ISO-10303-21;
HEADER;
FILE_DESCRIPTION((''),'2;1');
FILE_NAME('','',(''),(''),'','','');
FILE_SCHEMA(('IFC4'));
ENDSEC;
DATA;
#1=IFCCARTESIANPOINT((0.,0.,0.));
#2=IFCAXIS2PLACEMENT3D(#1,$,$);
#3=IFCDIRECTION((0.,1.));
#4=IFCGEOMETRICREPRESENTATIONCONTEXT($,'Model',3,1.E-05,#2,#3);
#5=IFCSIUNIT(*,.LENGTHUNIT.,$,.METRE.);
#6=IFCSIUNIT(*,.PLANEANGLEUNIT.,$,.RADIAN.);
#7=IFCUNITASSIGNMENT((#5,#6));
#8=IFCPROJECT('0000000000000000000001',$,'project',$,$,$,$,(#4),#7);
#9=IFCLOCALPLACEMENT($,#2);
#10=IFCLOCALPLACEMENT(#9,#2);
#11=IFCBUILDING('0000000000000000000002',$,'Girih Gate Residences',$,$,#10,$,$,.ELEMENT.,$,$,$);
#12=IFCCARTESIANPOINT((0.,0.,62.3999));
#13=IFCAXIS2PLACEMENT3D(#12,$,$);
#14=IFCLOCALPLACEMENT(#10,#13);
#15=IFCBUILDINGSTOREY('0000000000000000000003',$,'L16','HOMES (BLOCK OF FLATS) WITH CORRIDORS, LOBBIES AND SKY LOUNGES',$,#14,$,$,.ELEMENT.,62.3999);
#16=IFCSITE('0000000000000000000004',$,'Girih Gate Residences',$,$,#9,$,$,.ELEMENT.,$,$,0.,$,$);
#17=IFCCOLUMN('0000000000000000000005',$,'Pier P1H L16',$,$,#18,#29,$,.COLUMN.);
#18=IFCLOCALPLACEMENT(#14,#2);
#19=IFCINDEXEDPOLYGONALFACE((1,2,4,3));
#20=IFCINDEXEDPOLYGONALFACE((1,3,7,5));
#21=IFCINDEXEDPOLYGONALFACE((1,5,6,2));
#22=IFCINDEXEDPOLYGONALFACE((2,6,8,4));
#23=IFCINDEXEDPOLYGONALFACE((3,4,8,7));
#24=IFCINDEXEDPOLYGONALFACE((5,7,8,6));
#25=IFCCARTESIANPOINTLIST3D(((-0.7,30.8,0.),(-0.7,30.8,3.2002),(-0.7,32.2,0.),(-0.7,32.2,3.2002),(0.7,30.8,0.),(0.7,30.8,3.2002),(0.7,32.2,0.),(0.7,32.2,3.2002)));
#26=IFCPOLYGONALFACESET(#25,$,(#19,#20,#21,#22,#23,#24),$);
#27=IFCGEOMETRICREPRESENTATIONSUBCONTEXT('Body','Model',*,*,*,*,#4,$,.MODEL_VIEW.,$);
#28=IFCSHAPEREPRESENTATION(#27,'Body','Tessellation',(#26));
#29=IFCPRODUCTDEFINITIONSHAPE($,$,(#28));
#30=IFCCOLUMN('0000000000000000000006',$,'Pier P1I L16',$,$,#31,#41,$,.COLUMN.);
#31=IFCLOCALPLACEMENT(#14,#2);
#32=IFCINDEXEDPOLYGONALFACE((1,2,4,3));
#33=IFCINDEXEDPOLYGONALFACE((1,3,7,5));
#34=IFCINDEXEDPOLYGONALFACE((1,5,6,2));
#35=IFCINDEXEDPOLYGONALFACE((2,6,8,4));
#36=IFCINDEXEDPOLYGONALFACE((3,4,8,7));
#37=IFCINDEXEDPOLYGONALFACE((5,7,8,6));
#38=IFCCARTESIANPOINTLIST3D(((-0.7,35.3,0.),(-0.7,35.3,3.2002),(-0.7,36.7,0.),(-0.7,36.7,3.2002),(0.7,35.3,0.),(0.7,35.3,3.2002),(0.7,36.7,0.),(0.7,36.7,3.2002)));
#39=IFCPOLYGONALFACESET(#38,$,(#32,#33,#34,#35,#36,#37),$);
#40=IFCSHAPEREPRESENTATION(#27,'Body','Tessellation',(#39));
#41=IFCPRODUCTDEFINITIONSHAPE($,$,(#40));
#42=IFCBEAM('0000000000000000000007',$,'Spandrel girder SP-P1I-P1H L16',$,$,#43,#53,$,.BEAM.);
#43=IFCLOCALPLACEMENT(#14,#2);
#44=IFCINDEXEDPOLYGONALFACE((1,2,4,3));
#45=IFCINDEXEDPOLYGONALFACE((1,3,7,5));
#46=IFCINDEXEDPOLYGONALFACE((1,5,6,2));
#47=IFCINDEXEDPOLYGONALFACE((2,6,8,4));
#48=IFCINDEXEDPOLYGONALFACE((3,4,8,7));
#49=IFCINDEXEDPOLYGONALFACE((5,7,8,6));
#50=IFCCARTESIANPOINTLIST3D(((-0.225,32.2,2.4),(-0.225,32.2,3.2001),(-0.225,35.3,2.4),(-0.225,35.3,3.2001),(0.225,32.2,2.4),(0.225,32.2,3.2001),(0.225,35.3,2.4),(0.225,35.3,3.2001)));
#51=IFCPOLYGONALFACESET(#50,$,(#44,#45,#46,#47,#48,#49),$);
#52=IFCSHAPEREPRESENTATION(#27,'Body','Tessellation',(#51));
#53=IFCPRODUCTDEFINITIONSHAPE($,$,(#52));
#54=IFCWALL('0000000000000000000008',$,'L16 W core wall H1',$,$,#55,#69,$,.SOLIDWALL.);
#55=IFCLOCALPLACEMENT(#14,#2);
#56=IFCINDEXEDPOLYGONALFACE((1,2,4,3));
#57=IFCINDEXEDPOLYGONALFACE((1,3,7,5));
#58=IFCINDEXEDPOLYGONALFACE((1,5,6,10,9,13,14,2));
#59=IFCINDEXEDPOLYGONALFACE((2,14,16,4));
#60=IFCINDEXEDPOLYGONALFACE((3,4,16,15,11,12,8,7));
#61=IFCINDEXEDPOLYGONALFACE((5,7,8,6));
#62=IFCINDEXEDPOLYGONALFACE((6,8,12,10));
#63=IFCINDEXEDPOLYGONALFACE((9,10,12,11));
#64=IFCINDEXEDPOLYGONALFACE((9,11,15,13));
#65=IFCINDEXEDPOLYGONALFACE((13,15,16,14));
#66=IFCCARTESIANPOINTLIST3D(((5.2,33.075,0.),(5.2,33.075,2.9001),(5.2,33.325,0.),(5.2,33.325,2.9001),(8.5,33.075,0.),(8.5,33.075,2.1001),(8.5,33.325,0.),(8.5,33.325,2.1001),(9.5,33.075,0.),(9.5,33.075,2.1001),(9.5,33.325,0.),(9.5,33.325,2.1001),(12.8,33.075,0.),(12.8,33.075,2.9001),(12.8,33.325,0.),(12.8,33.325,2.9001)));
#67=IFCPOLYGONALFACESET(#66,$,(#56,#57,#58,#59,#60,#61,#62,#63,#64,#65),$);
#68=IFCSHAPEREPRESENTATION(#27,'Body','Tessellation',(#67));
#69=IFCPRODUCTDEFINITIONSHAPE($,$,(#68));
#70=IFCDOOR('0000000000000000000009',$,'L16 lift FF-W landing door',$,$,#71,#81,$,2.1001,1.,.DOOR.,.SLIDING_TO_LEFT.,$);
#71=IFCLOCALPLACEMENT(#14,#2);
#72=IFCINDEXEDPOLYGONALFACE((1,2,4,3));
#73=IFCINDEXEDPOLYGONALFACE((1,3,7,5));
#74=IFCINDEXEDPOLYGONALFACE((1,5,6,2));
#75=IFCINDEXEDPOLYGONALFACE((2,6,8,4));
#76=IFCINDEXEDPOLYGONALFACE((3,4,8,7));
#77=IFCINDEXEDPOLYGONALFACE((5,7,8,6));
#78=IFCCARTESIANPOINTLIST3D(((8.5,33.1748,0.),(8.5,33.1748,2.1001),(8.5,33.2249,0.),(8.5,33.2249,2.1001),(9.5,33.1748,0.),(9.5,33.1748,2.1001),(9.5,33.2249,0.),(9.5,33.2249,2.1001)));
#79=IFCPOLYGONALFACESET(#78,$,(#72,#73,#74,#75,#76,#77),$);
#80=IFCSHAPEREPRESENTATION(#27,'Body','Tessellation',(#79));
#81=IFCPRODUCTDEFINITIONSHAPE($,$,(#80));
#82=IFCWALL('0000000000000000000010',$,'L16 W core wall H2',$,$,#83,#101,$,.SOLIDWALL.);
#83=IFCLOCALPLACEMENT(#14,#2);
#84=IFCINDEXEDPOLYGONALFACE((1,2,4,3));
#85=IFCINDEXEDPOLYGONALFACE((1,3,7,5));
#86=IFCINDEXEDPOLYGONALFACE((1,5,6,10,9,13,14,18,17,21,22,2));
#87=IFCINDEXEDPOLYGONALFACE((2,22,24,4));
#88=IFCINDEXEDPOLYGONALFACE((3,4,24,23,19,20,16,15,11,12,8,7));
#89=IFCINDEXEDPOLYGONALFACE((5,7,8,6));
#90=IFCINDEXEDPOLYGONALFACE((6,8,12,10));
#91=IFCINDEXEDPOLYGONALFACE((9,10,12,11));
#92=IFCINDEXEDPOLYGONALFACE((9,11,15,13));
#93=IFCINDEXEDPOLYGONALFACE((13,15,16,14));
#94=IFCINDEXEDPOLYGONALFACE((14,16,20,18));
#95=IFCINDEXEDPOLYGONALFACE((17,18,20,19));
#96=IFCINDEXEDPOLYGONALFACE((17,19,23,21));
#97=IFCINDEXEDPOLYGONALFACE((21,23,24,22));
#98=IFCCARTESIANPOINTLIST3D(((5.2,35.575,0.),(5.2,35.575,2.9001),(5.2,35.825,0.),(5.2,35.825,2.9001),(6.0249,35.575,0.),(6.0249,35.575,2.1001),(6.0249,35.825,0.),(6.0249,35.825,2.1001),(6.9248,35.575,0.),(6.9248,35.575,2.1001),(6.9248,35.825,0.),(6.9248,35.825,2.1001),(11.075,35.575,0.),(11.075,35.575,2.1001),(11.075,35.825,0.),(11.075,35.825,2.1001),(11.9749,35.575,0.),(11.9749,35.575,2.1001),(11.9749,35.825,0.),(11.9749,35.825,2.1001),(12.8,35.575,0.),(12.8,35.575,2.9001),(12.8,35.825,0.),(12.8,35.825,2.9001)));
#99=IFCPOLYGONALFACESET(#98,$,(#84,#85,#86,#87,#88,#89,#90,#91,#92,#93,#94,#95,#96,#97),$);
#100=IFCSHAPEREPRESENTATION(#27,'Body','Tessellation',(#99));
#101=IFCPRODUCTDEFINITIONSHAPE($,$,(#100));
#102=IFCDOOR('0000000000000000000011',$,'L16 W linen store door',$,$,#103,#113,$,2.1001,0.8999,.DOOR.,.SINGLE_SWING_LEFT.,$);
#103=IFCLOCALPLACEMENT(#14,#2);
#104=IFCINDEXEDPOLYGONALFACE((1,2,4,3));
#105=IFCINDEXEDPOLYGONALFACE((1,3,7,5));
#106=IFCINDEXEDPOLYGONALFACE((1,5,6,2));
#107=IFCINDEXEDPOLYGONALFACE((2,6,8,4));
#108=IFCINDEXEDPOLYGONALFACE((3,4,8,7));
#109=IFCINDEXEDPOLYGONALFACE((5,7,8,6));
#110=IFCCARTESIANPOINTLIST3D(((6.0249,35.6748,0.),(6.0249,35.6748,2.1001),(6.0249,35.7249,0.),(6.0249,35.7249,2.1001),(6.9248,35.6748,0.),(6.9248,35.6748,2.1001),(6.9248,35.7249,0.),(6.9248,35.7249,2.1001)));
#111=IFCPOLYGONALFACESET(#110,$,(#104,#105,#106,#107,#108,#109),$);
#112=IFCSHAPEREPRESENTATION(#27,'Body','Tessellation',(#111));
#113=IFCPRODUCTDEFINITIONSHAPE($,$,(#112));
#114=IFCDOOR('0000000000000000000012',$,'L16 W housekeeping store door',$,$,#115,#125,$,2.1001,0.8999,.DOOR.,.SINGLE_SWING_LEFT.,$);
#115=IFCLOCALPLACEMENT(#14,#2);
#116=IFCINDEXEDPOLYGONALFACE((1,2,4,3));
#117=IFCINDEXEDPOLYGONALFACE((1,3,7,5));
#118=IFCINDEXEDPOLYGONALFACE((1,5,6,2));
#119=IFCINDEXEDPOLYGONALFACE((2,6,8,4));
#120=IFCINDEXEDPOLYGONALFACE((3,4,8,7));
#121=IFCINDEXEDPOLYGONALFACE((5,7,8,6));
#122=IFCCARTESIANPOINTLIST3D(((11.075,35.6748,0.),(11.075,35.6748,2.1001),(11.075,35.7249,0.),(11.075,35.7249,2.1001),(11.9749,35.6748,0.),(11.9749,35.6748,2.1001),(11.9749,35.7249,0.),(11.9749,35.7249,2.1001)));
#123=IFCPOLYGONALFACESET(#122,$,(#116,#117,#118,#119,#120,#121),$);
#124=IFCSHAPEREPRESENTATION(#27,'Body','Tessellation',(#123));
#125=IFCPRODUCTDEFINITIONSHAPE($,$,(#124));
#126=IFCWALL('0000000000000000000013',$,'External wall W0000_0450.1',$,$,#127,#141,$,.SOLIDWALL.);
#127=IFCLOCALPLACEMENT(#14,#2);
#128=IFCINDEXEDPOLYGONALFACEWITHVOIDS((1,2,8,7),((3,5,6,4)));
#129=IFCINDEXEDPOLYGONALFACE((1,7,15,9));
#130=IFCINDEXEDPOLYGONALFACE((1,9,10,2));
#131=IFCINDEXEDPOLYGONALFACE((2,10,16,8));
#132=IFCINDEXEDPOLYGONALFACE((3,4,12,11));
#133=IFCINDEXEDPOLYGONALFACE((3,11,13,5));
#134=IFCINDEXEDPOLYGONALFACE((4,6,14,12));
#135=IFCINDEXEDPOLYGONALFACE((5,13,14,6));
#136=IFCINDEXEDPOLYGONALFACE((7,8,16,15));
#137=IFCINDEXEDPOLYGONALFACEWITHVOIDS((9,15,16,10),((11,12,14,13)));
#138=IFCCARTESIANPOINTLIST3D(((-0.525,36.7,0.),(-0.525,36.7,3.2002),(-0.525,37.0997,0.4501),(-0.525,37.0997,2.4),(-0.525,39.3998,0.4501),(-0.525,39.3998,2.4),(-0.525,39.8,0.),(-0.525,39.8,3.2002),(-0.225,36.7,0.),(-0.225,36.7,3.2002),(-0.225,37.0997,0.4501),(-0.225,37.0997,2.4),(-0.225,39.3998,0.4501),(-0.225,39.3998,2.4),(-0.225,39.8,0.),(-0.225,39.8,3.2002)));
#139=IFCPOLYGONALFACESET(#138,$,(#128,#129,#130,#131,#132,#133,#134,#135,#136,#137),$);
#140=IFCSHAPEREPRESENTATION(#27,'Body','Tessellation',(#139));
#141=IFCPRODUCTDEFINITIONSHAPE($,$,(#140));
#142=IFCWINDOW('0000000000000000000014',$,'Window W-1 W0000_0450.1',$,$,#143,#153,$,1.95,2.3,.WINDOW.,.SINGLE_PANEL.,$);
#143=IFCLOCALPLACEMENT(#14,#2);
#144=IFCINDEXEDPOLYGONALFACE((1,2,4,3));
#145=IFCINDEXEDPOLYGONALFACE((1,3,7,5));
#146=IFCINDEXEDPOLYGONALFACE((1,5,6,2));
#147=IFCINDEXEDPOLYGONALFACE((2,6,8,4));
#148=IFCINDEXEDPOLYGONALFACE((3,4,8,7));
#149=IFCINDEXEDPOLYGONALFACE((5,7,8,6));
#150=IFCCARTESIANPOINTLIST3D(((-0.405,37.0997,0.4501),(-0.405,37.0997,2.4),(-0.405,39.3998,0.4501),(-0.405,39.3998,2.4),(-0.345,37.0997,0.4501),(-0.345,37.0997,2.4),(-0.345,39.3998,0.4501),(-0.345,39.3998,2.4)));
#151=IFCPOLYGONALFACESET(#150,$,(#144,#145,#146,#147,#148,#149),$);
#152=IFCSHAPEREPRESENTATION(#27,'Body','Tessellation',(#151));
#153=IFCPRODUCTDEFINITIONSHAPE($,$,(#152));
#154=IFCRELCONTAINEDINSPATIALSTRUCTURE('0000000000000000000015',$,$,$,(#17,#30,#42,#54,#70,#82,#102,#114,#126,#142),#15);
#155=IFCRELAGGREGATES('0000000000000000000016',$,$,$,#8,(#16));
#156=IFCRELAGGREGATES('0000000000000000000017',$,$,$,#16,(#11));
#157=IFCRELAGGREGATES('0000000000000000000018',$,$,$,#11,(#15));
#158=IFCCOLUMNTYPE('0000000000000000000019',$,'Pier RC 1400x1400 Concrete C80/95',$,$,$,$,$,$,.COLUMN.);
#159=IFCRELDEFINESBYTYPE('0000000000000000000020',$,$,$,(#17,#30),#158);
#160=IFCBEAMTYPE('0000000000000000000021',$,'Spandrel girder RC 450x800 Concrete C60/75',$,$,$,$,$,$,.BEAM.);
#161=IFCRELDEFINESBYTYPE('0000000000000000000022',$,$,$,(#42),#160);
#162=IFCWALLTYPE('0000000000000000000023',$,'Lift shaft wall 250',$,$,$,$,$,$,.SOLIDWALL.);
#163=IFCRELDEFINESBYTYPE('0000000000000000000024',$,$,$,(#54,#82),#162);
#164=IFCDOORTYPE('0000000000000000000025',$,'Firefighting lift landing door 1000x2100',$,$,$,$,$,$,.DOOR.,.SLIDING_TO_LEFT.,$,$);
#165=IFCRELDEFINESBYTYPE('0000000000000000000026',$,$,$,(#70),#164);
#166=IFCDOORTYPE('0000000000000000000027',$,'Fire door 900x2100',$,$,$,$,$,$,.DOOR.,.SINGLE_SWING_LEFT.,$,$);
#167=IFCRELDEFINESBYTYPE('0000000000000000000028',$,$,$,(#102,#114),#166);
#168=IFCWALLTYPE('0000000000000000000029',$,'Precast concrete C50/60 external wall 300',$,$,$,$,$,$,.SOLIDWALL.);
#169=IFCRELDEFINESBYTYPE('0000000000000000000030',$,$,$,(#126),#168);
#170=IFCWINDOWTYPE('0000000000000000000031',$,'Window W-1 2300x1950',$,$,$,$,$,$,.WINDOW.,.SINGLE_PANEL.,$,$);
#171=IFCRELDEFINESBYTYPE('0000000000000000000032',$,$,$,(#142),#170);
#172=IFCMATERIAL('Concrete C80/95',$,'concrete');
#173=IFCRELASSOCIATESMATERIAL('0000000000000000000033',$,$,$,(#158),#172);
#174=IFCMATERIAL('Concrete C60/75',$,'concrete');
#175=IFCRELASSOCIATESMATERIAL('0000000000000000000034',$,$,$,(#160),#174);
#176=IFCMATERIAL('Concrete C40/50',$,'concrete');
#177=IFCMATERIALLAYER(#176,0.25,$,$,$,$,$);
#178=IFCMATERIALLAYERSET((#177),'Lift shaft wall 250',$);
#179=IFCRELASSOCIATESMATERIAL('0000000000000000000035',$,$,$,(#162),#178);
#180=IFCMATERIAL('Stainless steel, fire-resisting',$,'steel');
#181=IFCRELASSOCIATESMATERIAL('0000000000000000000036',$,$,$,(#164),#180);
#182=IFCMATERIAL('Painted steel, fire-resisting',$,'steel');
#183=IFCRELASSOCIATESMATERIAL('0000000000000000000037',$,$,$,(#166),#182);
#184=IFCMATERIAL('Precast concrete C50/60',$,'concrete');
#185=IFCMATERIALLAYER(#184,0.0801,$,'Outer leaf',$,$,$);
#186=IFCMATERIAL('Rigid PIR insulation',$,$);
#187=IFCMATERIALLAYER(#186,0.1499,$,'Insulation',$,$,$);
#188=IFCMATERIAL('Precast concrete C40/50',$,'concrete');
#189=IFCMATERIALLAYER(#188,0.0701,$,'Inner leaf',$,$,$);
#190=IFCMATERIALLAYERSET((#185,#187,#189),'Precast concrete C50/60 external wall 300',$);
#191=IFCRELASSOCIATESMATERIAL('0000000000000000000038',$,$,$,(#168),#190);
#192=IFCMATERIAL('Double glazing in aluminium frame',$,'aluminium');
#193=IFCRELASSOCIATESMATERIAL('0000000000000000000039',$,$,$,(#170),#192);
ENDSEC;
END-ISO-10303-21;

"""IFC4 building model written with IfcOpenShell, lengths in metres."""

from ifc_helpers import new_model, si_unit, direction, frame, frame_2d, origin, origin_2d, place, context, subcontext, project, spatial, rectangle, extrude, material, layer, layer_set, material_profile, profile_set, type_object, element, fill, save


model = new_model("IFC4")

# Units and contexts
model_context = context("Model", 3, precision=1e-05, world=origin(), true_north=direction((0.0, 1.0)))
body_context = subcontext(model_context, "Body", "Model", "MODEL_VIEW")
ifc_project = project(units=[si_unit("LENGTHUNIT", "METRE"), si_unit("PLANEANGLEUNIT", "RADIAN")], contexts=[model_context])

# Site, building, storey
site_placement = place(None, origin())
site = spatial("IfcSite", under=ifc_project, at=site_placement, Name="Girih Gate Residences", CompositionType="ELEMENT", RefElevation=0.0)
building_placement = place(site_placement, origin())
building = spatial("IfcBuilding", under=site, at=building_placement, Name="Girih Gate Residences", CompositionType="ELEMENT")
storey_placement = place(building_placement, frame((0.0, 0.0, 62.3999)))
storey = spatial("IfcBuildingStorey", under=building, at=storey_placement, Name="L16", Description="HOMES (BLOCK OF FLATS) WITH CORRIDORS, LOBBIES AND SKY LOUNGES", CompositionType="ELEMENT", Elevation=62.3999)

# Columns
ifc_material_1 = material(Name="Concrete C80/95", Category="concrete")
ifc_material_profile_1 = material_profile(ifc_material_1, rectangle(XDim=1.3999, YDim=1.3999, at=origin_2d()))
ifc_profile_set_1 = profile_set([ifc_material_profile_1], Name="Concrete C80/95")
column_type = type_object("IfcColumnType", Name="Pier RC 1400x1400 Concrete C80/95", PredefinedType="COLUMN", material=ifc_profile_set_1)
for number, where, z_axis, x_axis, name in (
    (1, (0.0, 31.5, 0.0), (0.0, 0.0, 1.0), (1.0, 0.0, 0.0), "Pier P1H L16"),
    (2, (0.0, 36.0, 0.0), (0.0, 0.0, 1.0), (1.0, 0.0, 0.0), "Pier P1I L16"),
):
    element("IfcColumn", number, at=place(storey_placement, frame(where, z_axis=z_axis, x_axis=x_axis)), inside=storey, type_object=column_type, Name=name, PredefinedType="COLUMN", context=body_context, shape_type="SweptSolid", body=[
        extrude(rectangle(XDim=1.3999, YDim=1.3999, at=origin_2d()), origin(), (0.0, 0.0, 1.0), 3.2002),
    ])

# Beam
ifc_material_2 = material(Name="Concrete C60/75", Category="concrete")
ifc_material_profile_2 = material_profile(ifc_material_2, rectangle(XDim=0.45, YDim=0.8, at=origin_2d()))
ifc_profile_set_2 = profile_set([ifc_material_profile_2], Name="Concrete C60/75")
beam_type = type_object("IfcBeamType", Name="Spandrel girder RC 450x800 Concrete C60/75", PredefinedType="BEAM", material=ifc_profile_set_2)
beam_placement = place(storey_placement, frame((0.0, 35.3, 2.8), z_axis=(0.0, -1.0, 0.0), x_axis=(1.0, 0.0, 0.0)))
element("IfcBeam", 3, at=beam_placement, inside=storey, type_object=beam_type, Name="Spandrel girder SP-P1I-P1H L16", PredefinedType="BEAM", context=body_context, shape_type="SweptSolid", body=[
    extrude(rectangle(XDim=0.45, YDim=0.8, at=origin_2d()), origin(), (0.0, 0.0, 1.0), 3.1001),
])

# Wall, opening, door
ifc_material_3 = material(Name="Concrete C40/50", Category="concrete")
ifc_layer_1 = layer(ifc_material_3, 0.25)
ifc_layer_set_1 = layer_set([ifc_layer_1], Name="Lift shaft wall 250")
wall_type_1 = type_object("IfcWallType", Name="Lift shaft wall 250", PredefinedType="SOLIDWALL", material=ifc_layer_set_1)
wall_1_placement = place(storey_placement, frame((5.2, 33.2, 0.0), z_axis=(0.0, 0.0, 1.0), x_axis=(1.0, 0.0, 0.0)))
wall_1 = element("IfcWall", 4, at=wall_1_placement, inside=storey, type_object=wall_type_1, Name="L16 W core wall H1", PredefinedType="SOLIDWALL", context=body_context, shape_type="SweptSolid", body=[
    extrude(rectangle(XDim=7.6001, YDim=0.25, at=frame_2d((3.8, 0.0))), origin(), (0.0, 0.0, 1.0), 2.9001),
])
opening_1_placement = place(wall_1_placement, frame((3.3, 0.0, 0.0)))
opening_1 = element("IfcOpeningElement", 5, at=opening_1_placement, cuts=wall_1, PredefinedType="OPENING", context=body_context, shape_type="SweptSolid", body=[
    extrude(rectangle(XDim=1.0, YDim=2.1001, at=frame_2d((0.5, 1.05))), frame((0.0, 0.135, 0.0), z_axis=(0.0, -1.0, 0.0), x_axis=(1.0, 0.0, 0.0)), (0.0, 0.0, 1.0), 0.27),
])
ifc_material_4 = material(Name="Stainless steel, fire-resisting", Category="steel")
door_type_1 = type_object("IfcDoorType", Name="Firefighting lift landing door 1000x2100", OperationType="SLIDING_TO_LEFT", PredefinedType="DOOR", material=ifc_material_4)
door_1_placement = place(opening_1_placement, origin())
door_1 = element("IfcDoor", 6, at=door_1_placement, inside=storey, type_object=door_type_1, Name="L16 lift FF-W landing door", OperationType="SLIDING_TO_LEFT", OverallHeight=2.1001, OverallWidth=1.0, PredefinedType="DOOR", context=body_context, shape_type="SweptSolid", body=[
    extrude(rectangle(XDim=1.0, YDim=2.1001, at=frame_2d((0.5, 1.05))), frame((0.0, 0.0249, 0.0), z_axis=(0.0, -1.0, 0.0), x_axis=(1.0, 0.0, 0.0)), (0.0, 0.0, 1.0), 0.05),
])
fill(opening_1, door_1)

# Wall, openings, doors
wall_2_placement = place(storey_placement, frame((5.2, 35.7, 0.0), z_axis=(0.0, 0.0, 1.0), x_axis=(1.0, 0.0, 0.0)))
wall_2 = element("IfcWall", 7, at=wall_2_placement, inside=storey, type_object=wall_type_1, Name="L16 W core wall H2", PredefinedType="SOLIDWALL", context=body_context, shape_type="SweptSolid", body=[
    extrude(rectangle(XDim=7.6001, YDim=0.25, at=frame_2d((3.8, 0.0))), origin(), (0.0, 0.0, 1.0), 2.9001),
])
opening_2_placement = place(wall_2_placement, frame((0.825, 0.0, 0.0)))
opening_2 = element("IfcOpeningElement", 8, at=opening_2_placement, cuts=wall_2, PredefinedType="OPENING", context=body_context, shape_type="SweptSolid", body=[
    extrude(rectangle(XDim=0.8999, YDim=2.1001, at=frame_2d((0.45, 1.05))), frame((0.0, 0.135, 0.0), z_axis=(0.0, -1.0, 0.0), x_axis=(1.0, 0.0, 0.0)), (0.0, 0.0, 1.0), 0.27),
])
opening_3_placement = place(wall_2_placement, frame((5.875, 0.0, 0.0)))
opening_3 = element("IfcOpeningElement", 9, at=opening_3_placement, cuts=wall_2, PredefinedType="OPENING", context=body_context, shape_type="SweptSolid", body=[
    extrude(rectangle(XDim=0.8999, YDim=2.1001, at=frame_2d((0.45, 1.05))), frame((0.0, 0.135, 0.0), z_axis=(0.0, -1.0, 0.0), x_axis=(1.0, 0.0, 0.0)), (0.0, 0.0, 1.0), 0.27),
])
ifc_material_5 = material(Name="Painted steel, fire-resisting", Category="steel")
door_type_2 = type_object("IfcDoorType", Name="Fire door 900x2100", OperationType="SINGLE_SWING_LEFT", PredefinedType="DOOR", material=ifc_material_5)
door_2_placement = place(opening_2_placement, origin())
door_2 = element("IfcDoor", 10, at=door_2_placement, inside=storey, type_object=door_type_2, Name="L16 W linen store door", OperationType="SINGLE_SWING_LEFT", OverallHeight=2.1001, OverallWidth=0.8999, PredefinedType="DOOR", context=body_context, shape_type="SweptSolid", body=[
    extrude(rectangle(XDim=0.8999, YDim=2.1001, at=frame_2d((0.45, 1.05))), frame((0.0, 0.0249, 0.0), z_axis=(0.0, -1.0, 0.0), x_axis=(1.0, 0.0, 0.0)), (0.0, 0.0, 1.0), 0.05),
])
fill(opening_2, door_2)
door_3_placement = place(opening_3_placement, origin())
door_3 = element("IfcDoor", 11, at=door_3_placement, inside=storey, type_object=door_type_2, Name="L16 W housekeeping store door", OperationType="SINGLE_SWING_LEFT", OverallHeight=2.1001, OverallWidth=0.8999, PredefinedType="DOOR", context=body_context, shape_type="SweptSolid", body=[
    extrude(rectangle(XDim=0.8999, YDim=2.1001, at=frame_2d((0.45, 1.05))), frame((0.0, 0.0249, 0.0), z_axis=(0.0, -1.0, 0.0), x_axis=(1.0, 0.0, 0.0)), (0.0, 0.0, 1.0), 0.05),
])
fill(opening_3, door_3)

# Wall, opening, window
ifc_material_6 = material(Name="Precast concrete C50/60", Category="concrete")
ifc_layer_2 = layer(ifc_material_6, 0.0801, Name="Outer leaf")
ifc_material_7 = material(Name="Rigid PIR insulation")
ifc_layer_3 = layer(ifc_material_7, 0.1499, Name="Insulation")
ifc_material_8 = material(Name="Precast concrete C40/50", Category="concrete")
ifc_layer_4 = layer(ifc_material_8, 0.0701, Name="Inner leaf")
ifc_layer_set_2 = layer_set([ifc_layer_2, ifc_layer_3, ifc_layer_4], Name="Precast concrete C50/60 external wall 300")
wall_type_2 = type_object("IfcWallType", Name="Precast concrete C50/60 external wall 300", PredefinedType="SOLIDWALL", material=ifc_layer_set_2)
wall_3_placement = place(storey_placement, frame((-0.375, 36.7, 0.0), z_axis=(0.0, 0.0, 1.0), x_axis=(0.0, 1.0, 0.0)))
wall_3 = element("IfcWall", 12, at=wall_3_placement, inside=storey, type_object=wall_type_2, Name="External wall W0000_0450.1", PredefinedType="SOLIDWALL", context=body_context, shape_type="SweptSolid", body=[
    extrude(rectangle(XDim=3.1001, YDim=0.3, at=frame_2d((1.55, 0.0))), origin(), (0.0, 0.0, 1.0), 3.2002),
])
opening_4_placement = place(wall_3_placement, frame((0.3999, 0.0, 0.45)))
opening_4 = element("IfcOpeningElement", 13, at=opening_4_placement, cuts=wall_3, PredefinedType="OPENING", context=body_context, shape_type="SweptSolid", body=[
    extrude(rectangle(XDim=2.3, YDim=1.95, at=frame_2d((1.1499, 0.9751))), frame((0.0, 0.1599, 0.0), z_axis=(0.0, -1.0, 0.0), x_axis=(1.0, 0.0, 0.0)), (0.0, 0.0, 1.0), 0.3201),
])
ifc_material_9 = material(Name="Double glazing in aluminium frame", Category="aluminium")
window_type = type_object("IfcWindowType", Name="Window W-1 2300x1950", PartitioningType="SINGLE_PANEL", PredefinedType="WINDOW", material=ifc_material_9)
window_1_placement = place(opening_4_placement, origin())
window_1 = element("IfcWindow", 14, at=window_1_placement, inside=storey, type_object=window_type, Name="Window W-1 W0000_0450.1", OverallHeight=1.95, OverallWidth=2.3, PartitioningType="SINGLE_PANEL", PredefinedType="WINDOW", context=body_context, shape_type="SweptSolid", body=[
    extrude(rectangle(XDim=2.3, YDim=1.95, at=frame_2d((1.1499, 0.9751))), frame((0.0, 0.03, 0.0), z_axis=(0.0, -1.0, 0.0), x_axis=(1.0, 0.0, 0.0)), (0.0, 0.0, 1.0), 0.0601),
])
fill(opening_4, window_1)

save(model, "model.ifc")
